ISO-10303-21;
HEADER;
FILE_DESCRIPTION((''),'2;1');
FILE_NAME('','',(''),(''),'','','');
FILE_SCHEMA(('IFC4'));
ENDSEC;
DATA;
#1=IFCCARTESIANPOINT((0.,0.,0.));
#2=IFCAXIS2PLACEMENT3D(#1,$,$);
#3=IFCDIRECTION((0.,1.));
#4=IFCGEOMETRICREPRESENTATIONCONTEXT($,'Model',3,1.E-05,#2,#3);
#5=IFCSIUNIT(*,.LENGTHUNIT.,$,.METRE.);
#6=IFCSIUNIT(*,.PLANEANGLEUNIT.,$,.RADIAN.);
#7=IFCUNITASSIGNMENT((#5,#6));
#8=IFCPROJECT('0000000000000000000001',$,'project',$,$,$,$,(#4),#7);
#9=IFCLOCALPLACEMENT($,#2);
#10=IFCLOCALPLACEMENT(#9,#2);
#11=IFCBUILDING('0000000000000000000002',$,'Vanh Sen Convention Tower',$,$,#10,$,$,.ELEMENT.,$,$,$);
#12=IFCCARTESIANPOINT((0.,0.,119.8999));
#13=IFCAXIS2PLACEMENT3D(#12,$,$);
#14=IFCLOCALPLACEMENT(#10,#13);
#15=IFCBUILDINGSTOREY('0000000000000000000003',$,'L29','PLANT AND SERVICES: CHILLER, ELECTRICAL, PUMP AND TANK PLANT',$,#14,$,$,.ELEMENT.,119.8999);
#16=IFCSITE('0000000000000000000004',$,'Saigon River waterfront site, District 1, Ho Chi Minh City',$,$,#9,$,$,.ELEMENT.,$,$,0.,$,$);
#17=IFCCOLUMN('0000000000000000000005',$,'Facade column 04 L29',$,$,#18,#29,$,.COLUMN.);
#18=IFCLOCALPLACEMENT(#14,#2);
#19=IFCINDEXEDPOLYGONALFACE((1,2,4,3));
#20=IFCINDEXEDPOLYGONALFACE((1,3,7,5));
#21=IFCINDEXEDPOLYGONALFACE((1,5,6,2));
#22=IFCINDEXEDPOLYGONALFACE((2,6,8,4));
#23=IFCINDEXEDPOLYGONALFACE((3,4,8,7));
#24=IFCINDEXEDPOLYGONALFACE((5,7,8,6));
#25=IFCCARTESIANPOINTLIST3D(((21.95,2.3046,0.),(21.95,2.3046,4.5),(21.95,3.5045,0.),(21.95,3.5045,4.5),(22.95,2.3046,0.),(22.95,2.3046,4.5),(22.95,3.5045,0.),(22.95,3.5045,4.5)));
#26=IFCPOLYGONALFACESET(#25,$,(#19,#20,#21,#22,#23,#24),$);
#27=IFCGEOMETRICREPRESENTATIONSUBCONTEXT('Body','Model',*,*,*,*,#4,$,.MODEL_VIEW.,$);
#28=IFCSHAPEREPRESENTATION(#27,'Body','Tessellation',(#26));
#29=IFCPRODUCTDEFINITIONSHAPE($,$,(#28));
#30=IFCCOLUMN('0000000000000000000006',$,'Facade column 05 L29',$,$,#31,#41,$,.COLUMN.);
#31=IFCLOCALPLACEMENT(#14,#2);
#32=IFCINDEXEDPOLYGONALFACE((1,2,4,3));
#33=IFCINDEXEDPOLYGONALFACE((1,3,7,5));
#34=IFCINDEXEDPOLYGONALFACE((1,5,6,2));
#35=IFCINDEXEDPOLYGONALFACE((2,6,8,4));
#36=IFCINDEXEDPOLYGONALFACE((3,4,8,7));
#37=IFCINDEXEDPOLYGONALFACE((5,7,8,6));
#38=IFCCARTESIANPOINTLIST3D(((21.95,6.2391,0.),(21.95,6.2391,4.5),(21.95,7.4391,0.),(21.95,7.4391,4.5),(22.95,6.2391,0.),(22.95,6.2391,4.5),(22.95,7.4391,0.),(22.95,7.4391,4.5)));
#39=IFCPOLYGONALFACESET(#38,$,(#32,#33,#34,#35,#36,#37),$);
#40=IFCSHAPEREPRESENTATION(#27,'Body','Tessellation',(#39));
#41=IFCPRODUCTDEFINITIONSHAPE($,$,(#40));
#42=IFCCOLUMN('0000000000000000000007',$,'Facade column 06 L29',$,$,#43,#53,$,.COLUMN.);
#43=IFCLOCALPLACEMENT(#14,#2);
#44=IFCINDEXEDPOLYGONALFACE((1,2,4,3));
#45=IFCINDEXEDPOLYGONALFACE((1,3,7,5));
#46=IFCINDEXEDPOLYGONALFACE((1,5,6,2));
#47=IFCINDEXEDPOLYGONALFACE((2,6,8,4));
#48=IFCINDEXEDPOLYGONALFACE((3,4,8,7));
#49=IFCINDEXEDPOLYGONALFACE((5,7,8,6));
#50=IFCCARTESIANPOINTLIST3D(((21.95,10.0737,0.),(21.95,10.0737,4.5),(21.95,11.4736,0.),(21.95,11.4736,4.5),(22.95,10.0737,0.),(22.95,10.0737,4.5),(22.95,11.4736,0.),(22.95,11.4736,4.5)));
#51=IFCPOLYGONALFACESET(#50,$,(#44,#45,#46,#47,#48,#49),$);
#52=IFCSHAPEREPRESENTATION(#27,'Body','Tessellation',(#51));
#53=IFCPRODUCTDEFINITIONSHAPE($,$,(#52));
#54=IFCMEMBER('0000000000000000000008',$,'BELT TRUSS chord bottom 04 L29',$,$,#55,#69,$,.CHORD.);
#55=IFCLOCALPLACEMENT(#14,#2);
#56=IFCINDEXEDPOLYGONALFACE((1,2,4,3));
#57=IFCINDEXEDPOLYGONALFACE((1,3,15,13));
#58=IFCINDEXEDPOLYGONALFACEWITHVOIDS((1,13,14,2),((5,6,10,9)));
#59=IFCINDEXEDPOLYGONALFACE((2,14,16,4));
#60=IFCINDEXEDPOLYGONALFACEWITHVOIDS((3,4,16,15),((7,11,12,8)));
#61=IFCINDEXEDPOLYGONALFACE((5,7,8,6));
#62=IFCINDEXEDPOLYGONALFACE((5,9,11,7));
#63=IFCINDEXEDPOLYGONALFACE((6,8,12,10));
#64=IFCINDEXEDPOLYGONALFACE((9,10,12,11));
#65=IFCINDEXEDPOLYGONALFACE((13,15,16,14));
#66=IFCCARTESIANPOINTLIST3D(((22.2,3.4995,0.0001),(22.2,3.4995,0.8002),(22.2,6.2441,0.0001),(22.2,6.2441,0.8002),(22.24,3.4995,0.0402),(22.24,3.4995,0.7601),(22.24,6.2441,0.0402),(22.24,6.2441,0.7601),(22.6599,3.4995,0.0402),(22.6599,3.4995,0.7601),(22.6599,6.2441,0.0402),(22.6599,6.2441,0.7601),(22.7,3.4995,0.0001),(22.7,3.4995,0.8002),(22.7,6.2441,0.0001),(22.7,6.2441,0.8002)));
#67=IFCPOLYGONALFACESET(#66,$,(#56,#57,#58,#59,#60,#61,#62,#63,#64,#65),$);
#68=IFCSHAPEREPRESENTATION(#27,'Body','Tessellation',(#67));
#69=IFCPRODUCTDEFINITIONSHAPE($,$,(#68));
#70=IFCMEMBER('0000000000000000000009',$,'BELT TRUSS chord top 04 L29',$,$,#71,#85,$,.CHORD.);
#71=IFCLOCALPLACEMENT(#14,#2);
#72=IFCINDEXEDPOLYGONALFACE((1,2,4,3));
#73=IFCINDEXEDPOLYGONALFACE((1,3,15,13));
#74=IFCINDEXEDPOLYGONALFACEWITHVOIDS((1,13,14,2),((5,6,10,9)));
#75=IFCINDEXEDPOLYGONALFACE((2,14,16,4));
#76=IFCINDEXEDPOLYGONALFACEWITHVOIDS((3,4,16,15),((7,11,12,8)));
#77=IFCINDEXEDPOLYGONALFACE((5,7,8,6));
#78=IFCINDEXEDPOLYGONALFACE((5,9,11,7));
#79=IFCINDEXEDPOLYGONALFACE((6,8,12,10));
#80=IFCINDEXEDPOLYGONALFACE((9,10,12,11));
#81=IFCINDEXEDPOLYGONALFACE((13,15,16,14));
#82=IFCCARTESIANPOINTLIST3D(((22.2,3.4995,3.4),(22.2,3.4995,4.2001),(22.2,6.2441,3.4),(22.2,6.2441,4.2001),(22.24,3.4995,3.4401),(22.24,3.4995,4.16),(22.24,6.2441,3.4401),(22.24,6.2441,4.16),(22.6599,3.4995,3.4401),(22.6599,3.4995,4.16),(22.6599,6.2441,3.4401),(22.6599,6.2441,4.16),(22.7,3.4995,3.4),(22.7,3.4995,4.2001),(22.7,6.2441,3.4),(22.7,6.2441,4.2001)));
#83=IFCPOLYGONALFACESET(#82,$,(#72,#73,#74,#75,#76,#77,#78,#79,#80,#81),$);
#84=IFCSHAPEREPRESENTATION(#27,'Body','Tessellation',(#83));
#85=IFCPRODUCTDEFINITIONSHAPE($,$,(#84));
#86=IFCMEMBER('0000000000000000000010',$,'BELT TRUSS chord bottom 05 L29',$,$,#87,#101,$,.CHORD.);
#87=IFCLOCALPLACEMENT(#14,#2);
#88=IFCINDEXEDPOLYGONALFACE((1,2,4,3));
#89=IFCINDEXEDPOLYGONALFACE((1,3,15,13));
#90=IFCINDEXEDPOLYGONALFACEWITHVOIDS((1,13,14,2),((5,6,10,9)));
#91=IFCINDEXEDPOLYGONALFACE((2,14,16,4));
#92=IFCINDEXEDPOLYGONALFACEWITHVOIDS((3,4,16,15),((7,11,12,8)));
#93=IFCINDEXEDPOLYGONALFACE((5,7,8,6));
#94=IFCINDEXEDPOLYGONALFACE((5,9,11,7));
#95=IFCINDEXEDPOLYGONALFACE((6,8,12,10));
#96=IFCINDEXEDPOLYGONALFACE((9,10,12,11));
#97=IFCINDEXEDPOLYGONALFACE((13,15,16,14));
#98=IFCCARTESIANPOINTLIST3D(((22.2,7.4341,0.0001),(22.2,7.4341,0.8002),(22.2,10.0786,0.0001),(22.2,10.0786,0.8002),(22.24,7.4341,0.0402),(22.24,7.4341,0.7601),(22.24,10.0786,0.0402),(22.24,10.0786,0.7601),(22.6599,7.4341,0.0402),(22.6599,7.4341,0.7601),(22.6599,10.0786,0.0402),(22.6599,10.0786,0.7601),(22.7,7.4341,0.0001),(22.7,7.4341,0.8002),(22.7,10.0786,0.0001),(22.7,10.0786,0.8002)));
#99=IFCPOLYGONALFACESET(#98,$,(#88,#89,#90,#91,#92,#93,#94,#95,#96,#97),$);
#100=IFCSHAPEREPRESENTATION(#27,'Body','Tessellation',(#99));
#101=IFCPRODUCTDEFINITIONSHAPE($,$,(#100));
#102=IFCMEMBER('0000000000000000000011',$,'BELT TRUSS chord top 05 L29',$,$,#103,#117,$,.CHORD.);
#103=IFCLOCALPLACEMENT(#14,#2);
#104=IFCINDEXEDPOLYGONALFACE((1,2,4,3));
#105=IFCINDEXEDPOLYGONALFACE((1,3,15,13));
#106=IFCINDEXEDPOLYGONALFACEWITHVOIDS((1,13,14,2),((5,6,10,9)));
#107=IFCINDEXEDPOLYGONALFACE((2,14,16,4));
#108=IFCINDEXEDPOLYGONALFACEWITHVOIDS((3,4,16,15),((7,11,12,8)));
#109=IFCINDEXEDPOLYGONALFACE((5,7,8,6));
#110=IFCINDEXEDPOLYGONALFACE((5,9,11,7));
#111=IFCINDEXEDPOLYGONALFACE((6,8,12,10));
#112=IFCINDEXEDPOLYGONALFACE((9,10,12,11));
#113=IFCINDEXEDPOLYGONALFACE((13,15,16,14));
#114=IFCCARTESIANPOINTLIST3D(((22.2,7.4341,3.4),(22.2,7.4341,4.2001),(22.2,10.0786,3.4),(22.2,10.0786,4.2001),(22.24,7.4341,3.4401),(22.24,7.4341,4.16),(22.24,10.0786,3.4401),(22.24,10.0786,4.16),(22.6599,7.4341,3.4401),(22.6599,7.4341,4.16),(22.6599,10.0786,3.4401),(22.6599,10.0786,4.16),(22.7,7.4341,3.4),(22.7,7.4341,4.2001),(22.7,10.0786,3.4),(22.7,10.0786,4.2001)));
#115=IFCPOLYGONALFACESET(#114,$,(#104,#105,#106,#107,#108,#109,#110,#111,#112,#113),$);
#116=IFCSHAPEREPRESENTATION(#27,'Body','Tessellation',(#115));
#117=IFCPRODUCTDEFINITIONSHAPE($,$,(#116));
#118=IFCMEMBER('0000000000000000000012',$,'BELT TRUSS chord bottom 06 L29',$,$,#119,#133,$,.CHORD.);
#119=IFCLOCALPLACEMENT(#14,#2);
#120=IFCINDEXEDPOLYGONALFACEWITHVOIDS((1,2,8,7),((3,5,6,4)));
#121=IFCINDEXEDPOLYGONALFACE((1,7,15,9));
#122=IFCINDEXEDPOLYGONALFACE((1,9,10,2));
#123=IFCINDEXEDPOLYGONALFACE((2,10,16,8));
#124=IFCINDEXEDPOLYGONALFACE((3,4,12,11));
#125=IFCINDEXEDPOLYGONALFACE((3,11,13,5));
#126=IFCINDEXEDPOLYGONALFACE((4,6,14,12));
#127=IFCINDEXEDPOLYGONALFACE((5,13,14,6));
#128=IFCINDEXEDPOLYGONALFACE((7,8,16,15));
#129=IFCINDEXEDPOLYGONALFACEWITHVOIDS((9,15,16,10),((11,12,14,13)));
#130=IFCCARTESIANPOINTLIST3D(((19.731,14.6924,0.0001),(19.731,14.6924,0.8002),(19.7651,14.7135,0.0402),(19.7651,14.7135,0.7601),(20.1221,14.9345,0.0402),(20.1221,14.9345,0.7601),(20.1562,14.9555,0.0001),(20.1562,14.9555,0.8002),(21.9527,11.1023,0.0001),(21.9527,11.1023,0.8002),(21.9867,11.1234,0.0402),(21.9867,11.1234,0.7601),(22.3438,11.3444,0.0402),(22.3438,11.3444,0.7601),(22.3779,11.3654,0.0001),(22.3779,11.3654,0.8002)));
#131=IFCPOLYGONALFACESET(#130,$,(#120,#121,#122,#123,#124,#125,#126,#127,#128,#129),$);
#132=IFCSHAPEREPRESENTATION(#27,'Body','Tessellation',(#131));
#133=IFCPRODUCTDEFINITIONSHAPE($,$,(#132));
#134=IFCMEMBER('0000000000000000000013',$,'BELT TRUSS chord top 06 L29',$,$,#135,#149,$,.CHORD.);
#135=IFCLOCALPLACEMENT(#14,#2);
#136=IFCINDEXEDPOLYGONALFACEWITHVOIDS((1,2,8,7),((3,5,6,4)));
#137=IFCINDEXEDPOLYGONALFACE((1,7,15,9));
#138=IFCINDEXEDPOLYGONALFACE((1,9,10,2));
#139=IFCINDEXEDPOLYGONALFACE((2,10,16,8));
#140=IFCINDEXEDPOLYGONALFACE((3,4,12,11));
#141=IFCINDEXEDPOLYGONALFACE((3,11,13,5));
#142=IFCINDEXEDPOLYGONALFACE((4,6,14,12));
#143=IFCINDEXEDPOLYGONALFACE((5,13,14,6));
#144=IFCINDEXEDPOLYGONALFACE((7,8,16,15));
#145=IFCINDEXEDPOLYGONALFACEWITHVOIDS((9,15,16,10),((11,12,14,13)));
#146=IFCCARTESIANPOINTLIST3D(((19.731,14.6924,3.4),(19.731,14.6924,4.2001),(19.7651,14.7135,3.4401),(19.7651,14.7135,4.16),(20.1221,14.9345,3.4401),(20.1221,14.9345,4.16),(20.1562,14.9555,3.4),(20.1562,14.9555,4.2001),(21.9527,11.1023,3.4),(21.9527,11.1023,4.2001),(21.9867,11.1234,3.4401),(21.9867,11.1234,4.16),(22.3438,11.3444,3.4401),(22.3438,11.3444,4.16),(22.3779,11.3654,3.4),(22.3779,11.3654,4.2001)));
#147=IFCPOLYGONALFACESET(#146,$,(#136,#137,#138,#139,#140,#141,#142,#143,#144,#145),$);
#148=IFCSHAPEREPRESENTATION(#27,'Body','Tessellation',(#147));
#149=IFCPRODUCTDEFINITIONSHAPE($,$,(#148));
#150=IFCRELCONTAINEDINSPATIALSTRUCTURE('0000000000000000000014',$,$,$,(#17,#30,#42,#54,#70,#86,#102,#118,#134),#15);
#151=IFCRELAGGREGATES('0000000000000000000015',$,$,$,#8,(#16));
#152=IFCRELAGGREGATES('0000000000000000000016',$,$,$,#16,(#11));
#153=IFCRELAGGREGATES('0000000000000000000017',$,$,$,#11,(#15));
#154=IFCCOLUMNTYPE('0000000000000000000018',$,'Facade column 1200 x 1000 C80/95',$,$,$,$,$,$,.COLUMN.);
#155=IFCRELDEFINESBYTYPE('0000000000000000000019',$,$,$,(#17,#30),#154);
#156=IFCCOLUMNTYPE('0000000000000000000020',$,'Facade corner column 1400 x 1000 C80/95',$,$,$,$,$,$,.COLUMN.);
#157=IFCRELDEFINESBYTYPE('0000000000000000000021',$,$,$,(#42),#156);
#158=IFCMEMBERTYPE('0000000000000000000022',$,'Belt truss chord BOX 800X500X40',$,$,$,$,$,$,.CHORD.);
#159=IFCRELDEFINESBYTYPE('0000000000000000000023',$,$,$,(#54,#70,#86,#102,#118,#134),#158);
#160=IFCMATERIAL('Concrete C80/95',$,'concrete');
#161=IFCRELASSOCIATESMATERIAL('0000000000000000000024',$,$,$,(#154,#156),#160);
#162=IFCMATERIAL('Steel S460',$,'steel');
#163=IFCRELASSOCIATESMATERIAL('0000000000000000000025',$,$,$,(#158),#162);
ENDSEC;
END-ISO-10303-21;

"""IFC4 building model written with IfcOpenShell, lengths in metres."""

from ifc_helpers import new_model, si_unit, direction, frame, origin, origin_2d, place, context, subcontext, project, spatial, rectangle, hollow_rectangle, extrude, material, material_profile, profile_set, type_object, element, save


model = new_model("IFC4")

# Units and contexts
model_context = context("Model", 3, precision=1e-05, world=origin(), true_north=direction((0.0, 1.0)))
body_context = subcontext(model_context, "Body", "Model", "MODEL_VIEW")
ifc_project = project(units=[si_unit("LENGTHUNIT", "METRE"), si_unit("PLANEANGLEUNIT", "RADIAN")], contexts=[model_context])

# Site, building, storey
site_placement = place(None, origin())
site = spatial("IfcSite", under=ifc_project, at=site_placement, Name="Saigon River waterfront site, District 1, Ho Chi Minh City", CompositionType="ELEMENT", RefElevation=0.0)
building_placement = place(site_placement, origin())
building = spatial("IfcBuilding", under=site, at=building_placement, Name="Vanh Sen Convention Tower", CompositionType="ELEMENT")
storey_placement = place(building_placement, frame((0.0, 0.0, 119.8999)))
storey = spatial("IfcBuildingStorey", under=building, at=storey_placement, Name="L29", Description="PLANT AND SERVICES: CHILLER, ELECTRICAL, PUMP AND TANK PLANT", CompositionType="ELEMENT", Elevation=119.8999)

# Columns
ifc_material_1 = material(Name="Concrete C80/95", Category="concrete")
ifc_material_profile_1 = material_profile(ifc_material_1, rectangle(XDim=1.2, YDim=1.0, at=origin_2d()), Name="RC 1200X1000")
ifc_profile_set_1 = profile_set([ifc_material_profile_1], Name="Concrete C80/95")
column_type_1 = type_object("IfcColumnType", Name="Facade column 1200 x 1000 C80/95", PredefinedType="COLUMN", material=ifc_profile_set_1)
for number, where, z_axis, x_axis, name in (
    (1, (22.45, 2.9045, 0.0), (0.0, 0.0, 1.0), (0.0, 1.0, 0.0), "Facade column 04 L29"),
    (2, (22.45, 6.8391, 0.0), (0.0, 0.0, 1.0), (0.0, 1.0, 0.0), "Facade column 05 L29"),
):
    element("IfcColumn", number, at=place(storey_placement, frame(where, z_axis=z_axis, x_axis=x_axis)), inside=storey, type_object=column_type_1, Name=name, PredefinedType="COLUMN", context=body_context, shape_type="SweptSolid", body=[
        extrude(rectangle(XDim=1.2, YDim=1.0, at=origin_2d()), origin(), (0.0, 0.0, 1.0), 4.5),
    ])
ifc_material_profile_2 = material_profile(ifc_material_1, rectangle(XDim=1.3999, YDim=1.0, at=origin_2d()), Name="RC 1400X1000")
ifc_profile_set_2 = profile_set([ifc_material_profile_2], Name="Concrete C80/95")
column_type_2 = type_object("IfcColumnType", Name="Facade corner column 1400 x 1000 C80/95", PredefinedType="COLUMN", material=ifc_profile_set_2)
column_placement = place(storey_placement, frame((22.45, 10.7737, 0.0), z_axis=(0.0, 0.0, 1.0), x_axis=(0.0, 1.0, 0.0)))
element("IfcColumn", 3, at=column_placement, inside=storey, type_object=column_type_2, Name="Facade column 06 L29", PredefinedType="COLUMN", context=body_context, shape_type="SweptSolid", body=[
    extrude(rectangle(XDim=1.3999, YDim=1.0, at=origin_2d()), origin(), (0.0, 0.0, 1.0), 4.5),
])

# Members
ifc_material_2 = material(Name="Steel S460", Category="steel")
ifc_material_profile_3 = material_profile(ifc_material_2, hollow_rectangle(XDim=0.5, YDim=0.8, WallThickness=0.04, at=origin_2d()), Name="BOX 800X500X40")
ifc_profile_set_3 = profile_set([ifc_material_profile_3], Name="Steel S460")
member_type_1 = type_object("IfcMemberType", Name="Belt truss chord BOX 800X500X40", PredefinedType="CHORD", material=ifc_profile_set_3)
for number, where, z_axis, x_axis, name in (
    (4, (22.45, 3.4995, 0.4001), (0.0, 1.0, 0.0), (-1.0, 0.0, 0.0), "BELT TRUSS chord bottom 04 L29"),
    (5, (22.45, 3.4995, 3.8), (0.0, 1.0, 0.0), (-1.0, 0.0, 0.0), "BELT TRUSS chord top 04 L29"),
):
    element("IfcMember", number, at=place(storey_placement, frame(where, z_axis=z_axis, x_axis=x_axis)), inside=storey, type_object=member_type_1, Name=name, PredefinedType="CHORD", context=body_context, shape_type="SweptSolid", body=[
        extrude(hollow_rectangle(XDim=0.5, YDim=0.8, WallThickness=0.04, at=origin_2d()), origin(), (0.0, 0.0, 1.0), 2.7446),
    ])
for number, where, z_axis, x_axis, name in (
    (6, (22.45, 7.4341, 0.4001), (0.0, 1.0, 0.0), (-1.0, 0.0, 0.0), "BELT TRUSS chord bottom 05 L29"),
    (7, (22.45, 7.4341, 3.8), (0.0, 1.0, 0.0), (-1.0, 0.0, 0.0), "BELT TRUSS chord top 05 L29"),
):
    element("IfcMember", number, at=place(storey_placement, frame(where, z_axis=z_axis, x_axis=x_axis)), inside=storey, type_object=member_type_1, Name=name, PredefinedType="CHORD", context=body_context, shape_type="SweptSolid", body=[
        extrude(hollow_rectangle(XDim=0.5, YDim=0.8, WallThickness=0.04, at=origin_2d()), origin(), (0.0, 0.0, 1.0), 2.6445),
    ])
for number, where, z_axis, x_axis, name in (
    (8, (22.1653, 11.2339, 0.4001), (-0.526225, 0.850345, 0.0), (-0.850345, -0.526225, 0.0), "BELT TRUSS chord bottom 06 L29"),
    (9, (22.1653, 11.2339, 3.8), (-0.526225, 0.850345, 0.0), (-0.850345, -0.526225, 0.0), "BELT TRUSS chord top 06 L29"),
):
    element("IfcMember", number, at=place(storey_placement, frame(where, z_axis=z_axis, x_axis=x_axis)), inside=storey, type_object=member_type_1, Name=name, PredefinedType="CHORD", context=body_context, shape_type="SweptSolid", body=[
        extrude(hollow_rectangle(XDim=0.5, YDim=0.8, WallThickness=0.04, at=origin_2d()), origin(), (0.0, 0.0, 1.0), 4.2219),
    ])

save(model, "model.ifc")
